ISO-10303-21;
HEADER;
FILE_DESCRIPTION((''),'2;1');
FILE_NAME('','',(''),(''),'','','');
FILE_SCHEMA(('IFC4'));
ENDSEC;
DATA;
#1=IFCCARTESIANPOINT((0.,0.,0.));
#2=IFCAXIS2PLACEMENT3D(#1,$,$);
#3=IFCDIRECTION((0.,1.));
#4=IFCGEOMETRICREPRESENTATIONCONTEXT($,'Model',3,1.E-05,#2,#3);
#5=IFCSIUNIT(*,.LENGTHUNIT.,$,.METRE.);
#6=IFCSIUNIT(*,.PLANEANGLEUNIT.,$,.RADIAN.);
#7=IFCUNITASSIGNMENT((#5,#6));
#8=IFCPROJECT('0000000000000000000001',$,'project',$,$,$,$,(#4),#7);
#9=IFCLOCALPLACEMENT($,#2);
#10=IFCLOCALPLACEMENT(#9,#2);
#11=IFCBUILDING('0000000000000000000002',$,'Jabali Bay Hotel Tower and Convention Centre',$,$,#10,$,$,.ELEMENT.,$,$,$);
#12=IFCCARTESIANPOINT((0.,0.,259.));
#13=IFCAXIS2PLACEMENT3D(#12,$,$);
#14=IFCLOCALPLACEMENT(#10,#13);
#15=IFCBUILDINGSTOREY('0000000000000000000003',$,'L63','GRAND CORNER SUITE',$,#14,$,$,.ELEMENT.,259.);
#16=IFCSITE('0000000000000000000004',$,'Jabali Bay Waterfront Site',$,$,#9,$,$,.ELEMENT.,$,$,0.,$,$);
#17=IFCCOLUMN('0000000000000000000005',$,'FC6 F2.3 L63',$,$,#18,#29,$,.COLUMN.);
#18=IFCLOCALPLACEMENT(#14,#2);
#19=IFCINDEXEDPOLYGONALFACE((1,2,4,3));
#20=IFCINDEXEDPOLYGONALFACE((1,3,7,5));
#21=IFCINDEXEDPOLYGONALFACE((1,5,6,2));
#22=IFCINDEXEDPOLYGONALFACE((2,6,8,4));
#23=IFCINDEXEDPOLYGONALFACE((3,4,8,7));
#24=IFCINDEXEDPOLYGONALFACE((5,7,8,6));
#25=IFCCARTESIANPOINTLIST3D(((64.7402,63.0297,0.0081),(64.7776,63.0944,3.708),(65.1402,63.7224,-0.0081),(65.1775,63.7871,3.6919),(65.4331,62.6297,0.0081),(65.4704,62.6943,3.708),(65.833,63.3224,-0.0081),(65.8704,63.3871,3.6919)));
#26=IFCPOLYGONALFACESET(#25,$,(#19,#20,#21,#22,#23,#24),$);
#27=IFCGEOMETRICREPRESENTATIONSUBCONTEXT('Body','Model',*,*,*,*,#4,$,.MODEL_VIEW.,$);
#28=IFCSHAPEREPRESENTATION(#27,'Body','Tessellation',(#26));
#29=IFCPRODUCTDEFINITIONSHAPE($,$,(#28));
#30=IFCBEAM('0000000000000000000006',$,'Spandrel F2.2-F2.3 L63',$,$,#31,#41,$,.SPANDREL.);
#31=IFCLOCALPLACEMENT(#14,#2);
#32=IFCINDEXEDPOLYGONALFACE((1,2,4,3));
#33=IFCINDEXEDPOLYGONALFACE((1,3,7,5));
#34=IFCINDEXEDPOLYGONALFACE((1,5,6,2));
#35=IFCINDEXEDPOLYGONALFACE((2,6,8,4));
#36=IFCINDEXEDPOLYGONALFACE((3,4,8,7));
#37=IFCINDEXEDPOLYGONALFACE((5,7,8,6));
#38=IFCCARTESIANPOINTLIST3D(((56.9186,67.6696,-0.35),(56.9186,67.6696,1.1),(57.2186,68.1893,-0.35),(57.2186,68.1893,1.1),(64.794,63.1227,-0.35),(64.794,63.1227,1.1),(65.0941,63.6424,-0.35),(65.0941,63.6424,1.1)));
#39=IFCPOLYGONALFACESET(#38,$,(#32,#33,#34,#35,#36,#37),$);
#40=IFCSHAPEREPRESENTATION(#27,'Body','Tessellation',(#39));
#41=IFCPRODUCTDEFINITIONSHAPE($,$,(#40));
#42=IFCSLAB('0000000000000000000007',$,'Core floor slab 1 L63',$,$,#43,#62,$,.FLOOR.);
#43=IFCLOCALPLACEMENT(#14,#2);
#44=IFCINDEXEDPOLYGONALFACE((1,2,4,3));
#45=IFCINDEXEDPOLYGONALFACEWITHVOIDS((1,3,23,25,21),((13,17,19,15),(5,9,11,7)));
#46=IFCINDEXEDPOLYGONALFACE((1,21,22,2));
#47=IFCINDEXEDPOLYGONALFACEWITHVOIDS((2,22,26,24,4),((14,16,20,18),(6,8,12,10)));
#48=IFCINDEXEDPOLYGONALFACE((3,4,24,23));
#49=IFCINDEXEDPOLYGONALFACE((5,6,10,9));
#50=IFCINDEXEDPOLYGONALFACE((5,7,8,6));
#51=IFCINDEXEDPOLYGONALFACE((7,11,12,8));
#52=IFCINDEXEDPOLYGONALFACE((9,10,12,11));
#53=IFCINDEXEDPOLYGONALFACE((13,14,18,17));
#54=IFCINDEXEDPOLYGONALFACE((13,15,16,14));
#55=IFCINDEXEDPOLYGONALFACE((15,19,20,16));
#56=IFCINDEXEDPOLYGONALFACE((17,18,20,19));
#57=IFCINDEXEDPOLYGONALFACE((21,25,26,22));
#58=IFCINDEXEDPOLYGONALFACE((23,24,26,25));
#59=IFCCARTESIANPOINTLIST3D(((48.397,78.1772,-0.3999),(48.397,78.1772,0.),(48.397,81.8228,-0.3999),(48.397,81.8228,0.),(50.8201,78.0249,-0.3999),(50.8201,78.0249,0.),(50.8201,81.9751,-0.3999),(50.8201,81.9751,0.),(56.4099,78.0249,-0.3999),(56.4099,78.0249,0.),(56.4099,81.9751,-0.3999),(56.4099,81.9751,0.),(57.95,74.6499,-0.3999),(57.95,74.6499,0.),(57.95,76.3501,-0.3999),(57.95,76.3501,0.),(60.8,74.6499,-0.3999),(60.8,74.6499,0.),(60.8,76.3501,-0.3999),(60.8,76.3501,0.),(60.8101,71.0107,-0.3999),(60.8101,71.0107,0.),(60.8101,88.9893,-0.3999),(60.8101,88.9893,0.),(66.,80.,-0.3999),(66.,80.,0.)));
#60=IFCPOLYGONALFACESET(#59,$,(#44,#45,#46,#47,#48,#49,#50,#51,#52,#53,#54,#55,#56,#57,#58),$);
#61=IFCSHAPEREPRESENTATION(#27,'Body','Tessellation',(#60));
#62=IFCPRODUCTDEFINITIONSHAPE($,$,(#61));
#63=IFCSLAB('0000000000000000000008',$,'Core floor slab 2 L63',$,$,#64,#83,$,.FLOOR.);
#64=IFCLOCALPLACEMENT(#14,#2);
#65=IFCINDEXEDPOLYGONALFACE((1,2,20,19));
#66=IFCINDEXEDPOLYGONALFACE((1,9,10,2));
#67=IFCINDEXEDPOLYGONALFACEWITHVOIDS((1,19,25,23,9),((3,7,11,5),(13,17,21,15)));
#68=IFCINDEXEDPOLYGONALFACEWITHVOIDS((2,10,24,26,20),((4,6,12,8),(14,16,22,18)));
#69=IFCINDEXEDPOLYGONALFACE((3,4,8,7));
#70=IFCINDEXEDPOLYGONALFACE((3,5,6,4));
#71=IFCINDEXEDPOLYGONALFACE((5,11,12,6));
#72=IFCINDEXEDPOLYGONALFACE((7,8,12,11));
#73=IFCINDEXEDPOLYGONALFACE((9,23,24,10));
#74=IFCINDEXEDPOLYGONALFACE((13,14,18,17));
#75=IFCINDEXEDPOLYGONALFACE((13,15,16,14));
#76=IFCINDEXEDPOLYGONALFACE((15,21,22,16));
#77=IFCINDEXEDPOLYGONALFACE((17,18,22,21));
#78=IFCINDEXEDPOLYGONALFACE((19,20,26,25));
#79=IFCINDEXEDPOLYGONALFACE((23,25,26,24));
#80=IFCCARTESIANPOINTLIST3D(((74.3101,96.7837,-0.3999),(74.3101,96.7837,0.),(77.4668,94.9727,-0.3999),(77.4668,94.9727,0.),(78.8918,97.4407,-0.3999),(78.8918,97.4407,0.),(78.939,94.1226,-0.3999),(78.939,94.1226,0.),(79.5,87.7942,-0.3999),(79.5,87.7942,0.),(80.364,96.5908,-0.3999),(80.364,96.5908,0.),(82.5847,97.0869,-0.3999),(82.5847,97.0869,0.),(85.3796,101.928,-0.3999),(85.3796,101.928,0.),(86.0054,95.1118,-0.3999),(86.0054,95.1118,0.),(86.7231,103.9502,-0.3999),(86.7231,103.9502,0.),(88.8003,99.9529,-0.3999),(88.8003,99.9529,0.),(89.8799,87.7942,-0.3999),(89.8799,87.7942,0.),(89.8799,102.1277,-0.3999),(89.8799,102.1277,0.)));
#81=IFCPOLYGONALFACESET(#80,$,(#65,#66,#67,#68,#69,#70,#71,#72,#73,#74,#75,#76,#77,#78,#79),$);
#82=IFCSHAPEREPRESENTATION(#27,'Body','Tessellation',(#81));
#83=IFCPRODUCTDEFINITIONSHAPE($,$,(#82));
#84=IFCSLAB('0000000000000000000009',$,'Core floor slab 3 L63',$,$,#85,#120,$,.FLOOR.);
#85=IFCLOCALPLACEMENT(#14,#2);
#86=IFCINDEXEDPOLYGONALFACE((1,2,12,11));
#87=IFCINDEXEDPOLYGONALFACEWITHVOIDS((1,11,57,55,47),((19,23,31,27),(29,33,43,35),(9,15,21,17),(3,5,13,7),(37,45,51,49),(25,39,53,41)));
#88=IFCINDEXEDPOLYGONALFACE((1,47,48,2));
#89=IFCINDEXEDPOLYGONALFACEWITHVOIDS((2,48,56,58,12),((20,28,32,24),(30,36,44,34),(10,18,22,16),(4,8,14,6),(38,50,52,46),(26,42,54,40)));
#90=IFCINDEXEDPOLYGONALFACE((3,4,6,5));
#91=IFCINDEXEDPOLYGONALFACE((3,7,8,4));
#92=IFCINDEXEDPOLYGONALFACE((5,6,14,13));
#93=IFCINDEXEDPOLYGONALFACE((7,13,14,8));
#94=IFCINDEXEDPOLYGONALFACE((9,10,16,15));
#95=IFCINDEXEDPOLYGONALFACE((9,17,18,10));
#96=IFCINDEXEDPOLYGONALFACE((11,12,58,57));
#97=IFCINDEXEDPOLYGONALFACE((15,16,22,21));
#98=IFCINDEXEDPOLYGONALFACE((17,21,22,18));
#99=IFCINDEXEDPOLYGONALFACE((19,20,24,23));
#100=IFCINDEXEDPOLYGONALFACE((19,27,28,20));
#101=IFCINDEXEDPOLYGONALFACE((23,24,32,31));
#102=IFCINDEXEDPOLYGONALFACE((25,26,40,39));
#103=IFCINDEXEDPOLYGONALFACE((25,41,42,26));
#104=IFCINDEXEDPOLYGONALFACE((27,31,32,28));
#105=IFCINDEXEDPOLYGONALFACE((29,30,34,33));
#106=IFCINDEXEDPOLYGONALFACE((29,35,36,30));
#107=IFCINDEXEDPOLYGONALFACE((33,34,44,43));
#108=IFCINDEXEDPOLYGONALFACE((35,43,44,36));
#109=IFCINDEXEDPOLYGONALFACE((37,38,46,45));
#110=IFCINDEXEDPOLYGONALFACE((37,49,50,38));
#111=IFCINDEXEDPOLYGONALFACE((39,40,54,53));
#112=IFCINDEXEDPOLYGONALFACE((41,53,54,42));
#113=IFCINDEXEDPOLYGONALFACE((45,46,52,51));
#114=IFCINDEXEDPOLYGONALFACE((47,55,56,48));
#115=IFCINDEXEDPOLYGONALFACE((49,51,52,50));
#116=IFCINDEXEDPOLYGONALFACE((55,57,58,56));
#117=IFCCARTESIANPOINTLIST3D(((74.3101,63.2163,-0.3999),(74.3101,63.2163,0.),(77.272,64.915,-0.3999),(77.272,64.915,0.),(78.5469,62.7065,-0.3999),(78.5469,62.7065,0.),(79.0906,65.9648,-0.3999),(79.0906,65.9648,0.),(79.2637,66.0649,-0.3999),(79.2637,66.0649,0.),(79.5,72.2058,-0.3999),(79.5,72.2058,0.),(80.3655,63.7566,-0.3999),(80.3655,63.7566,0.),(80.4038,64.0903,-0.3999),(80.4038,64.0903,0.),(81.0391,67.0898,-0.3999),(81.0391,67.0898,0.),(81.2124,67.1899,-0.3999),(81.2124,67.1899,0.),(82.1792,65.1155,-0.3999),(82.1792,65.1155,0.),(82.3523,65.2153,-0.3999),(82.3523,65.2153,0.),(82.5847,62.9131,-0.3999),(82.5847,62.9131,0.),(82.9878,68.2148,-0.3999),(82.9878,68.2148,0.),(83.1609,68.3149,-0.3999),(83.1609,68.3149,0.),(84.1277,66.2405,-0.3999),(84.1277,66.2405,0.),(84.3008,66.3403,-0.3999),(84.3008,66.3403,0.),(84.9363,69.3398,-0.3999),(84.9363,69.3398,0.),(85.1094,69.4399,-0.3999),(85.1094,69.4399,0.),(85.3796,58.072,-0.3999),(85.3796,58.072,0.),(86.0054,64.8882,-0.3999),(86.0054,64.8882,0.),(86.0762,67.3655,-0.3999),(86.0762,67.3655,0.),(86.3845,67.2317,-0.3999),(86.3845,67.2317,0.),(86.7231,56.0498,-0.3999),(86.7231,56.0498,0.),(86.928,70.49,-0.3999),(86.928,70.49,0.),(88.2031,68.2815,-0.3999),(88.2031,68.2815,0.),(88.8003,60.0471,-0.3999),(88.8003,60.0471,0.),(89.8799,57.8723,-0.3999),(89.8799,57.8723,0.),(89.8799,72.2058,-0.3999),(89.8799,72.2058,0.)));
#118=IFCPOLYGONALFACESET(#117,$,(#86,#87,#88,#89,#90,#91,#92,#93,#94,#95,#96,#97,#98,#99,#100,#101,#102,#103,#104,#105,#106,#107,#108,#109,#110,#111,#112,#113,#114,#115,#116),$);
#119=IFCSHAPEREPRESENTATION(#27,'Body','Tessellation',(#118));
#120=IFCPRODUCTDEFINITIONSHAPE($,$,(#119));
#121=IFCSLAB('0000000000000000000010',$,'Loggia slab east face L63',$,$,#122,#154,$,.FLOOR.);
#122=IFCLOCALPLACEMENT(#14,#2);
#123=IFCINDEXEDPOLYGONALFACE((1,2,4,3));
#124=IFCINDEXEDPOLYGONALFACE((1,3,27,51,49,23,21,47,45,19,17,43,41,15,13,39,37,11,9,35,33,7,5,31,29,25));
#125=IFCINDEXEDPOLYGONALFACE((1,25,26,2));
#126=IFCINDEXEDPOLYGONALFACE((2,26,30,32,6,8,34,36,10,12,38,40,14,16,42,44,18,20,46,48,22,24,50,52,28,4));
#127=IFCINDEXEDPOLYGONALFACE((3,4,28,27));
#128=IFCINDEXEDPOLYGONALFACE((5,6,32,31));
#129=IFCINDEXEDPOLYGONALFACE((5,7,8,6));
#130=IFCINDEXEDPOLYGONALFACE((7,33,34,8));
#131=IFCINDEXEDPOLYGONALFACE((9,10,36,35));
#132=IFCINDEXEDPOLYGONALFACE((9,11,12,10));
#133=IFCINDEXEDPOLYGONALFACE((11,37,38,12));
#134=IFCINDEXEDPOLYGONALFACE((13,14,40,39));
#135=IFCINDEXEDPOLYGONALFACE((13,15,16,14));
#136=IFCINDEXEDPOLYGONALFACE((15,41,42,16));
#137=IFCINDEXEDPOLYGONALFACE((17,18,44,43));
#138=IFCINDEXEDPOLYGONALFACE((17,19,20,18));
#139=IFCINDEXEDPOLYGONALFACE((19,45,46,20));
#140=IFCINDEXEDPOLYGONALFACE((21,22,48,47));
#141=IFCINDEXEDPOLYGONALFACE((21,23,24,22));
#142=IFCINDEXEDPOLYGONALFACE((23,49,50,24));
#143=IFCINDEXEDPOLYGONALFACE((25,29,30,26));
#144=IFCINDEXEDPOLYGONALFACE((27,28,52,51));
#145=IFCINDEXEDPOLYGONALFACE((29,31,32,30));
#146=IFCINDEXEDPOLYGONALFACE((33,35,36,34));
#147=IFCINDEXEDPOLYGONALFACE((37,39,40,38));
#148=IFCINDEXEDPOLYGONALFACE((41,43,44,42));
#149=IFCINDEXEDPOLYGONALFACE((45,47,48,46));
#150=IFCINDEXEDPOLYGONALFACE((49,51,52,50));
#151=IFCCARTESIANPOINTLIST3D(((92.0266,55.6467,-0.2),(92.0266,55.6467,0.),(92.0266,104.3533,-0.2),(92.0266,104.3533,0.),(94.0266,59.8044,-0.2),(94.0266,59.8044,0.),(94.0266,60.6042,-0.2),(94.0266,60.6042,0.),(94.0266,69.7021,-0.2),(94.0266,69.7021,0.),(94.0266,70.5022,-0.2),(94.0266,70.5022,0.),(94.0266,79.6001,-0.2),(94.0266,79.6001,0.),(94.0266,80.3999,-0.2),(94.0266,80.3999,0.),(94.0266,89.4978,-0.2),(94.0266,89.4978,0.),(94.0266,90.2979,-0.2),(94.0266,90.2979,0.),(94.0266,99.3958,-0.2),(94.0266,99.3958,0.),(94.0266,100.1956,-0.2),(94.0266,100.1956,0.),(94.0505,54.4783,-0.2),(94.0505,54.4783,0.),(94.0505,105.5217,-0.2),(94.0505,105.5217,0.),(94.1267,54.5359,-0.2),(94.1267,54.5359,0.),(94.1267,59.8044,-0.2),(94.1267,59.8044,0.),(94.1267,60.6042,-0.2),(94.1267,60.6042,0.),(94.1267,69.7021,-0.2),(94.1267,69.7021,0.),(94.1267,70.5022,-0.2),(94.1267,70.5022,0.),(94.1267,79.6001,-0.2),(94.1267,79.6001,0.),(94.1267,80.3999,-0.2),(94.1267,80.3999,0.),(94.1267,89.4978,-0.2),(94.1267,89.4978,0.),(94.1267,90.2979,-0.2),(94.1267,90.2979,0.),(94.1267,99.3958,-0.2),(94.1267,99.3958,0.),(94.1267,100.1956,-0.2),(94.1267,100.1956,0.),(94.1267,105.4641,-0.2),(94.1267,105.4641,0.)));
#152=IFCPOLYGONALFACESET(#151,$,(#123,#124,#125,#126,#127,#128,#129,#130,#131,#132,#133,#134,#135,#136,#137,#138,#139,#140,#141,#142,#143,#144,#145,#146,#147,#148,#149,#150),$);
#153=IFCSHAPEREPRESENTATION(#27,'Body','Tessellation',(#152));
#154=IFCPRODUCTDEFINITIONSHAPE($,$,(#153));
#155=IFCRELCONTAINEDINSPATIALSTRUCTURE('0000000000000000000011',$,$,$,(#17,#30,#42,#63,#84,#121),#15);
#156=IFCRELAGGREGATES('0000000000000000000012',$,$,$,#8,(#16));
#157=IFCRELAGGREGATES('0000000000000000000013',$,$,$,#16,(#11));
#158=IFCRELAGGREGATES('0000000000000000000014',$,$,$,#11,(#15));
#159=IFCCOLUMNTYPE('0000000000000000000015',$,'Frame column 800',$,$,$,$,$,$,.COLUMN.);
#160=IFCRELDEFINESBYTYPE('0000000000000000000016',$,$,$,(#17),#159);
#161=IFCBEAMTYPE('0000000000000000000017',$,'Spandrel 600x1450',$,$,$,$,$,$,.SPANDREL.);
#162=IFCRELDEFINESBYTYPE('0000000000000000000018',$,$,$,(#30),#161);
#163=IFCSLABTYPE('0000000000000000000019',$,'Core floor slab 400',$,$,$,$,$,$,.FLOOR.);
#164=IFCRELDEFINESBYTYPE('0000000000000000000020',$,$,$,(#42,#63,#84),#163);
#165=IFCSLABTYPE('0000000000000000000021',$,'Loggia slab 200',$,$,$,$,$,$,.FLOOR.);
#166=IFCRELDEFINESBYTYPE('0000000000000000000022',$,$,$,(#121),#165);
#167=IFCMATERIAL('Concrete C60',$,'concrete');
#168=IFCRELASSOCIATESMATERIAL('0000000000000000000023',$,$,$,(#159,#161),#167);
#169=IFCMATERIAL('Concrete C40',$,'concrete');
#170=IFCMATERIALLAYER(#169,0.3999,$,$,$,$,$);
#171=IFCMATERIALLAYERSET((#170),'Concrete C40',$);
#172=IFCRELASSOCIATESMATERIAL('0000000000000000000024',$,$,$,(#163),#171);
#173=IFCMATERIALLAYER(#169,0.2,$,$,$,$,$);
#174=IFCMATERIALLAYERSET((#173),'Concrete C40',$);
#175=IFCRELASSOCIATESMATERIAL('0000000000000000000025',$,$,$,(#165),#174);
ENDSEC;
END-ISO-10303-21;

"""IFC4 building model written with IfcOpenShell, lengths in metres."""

from ifc_helpers import new_model, si_unit, direction, frame, origin, origin_2d, place, context, subcontext, project, spatial, polyline, rectangle, outline, extrude, material, layer, layer_set, material_profile, profile_set, type_object, element, save


model = new_model("IFC4")

# Units and contexts
model_context = context("Model", 3, precision=1e-05, world=origin(), true_north=direction((0.0, 1.0)))
body_context = subcontext(model_context, "Body", "Model", "MODEL_VIEW")
ifc_project = project(units=[si_unit("LENGTHUNIT", "METRE"), si_unit("PLANEANGLEUNIT", "RADIAN")], contexts=[model_context])

# Site, building, storey
site_placement = place(None, origin())
site = spatial("IfcSite", under=ifc_project, at=site_placement, Name="Jabali Bay Waterfront Site", CompositionType="ELEMENT", RefElevation=0.0)
building_placement = place(site_placement, origin())
building = spatial("IfcBuilding", under=site, at=building_placement, Name="Jabali Bay Hotel Tower and Convention Centre", CompositionType="ELEMENT")
storey_placement = place(building_placement, frame((0.0, 0.0, 259.0)))
storey = spatial("IfcBuildingStorey", under=building, at=storey_placement, Name="L63", Description="GRAND CORNER SUITE", CompositionType="ELEMENT", Elevation=259.0)

# Column
ifc_material_1 = material(Name="Concrete C60", Category="concrete")
ifc_material_profile_1 = material_profile(ifc_material_1, rectangle(XDim=0.8, YDim=0.8, at=origin_2d()), Name="Frame column 800")
ifc_profile_set_1 = profile_set([ifc_material_profile_1], Name="Concrete C60")
column_type = type_object("IfcColumnType", Name="Frame column 800", PredefinedType="COLUMN", material=ifc_profile_set_1)
column_placement = place(storey_placement, frame((65.2866, 63.176, 0.0), z_axis=(0.010094, 0.017482, 0.999796), x_axis=(-0.499907, -0.865844, 0.020187)))
element("IfcColumn", 1, at=column_placement, inside=storey, type_object=column_type, Name="FC6 F2.3 L63", PredefinedType="COLUMN", context=body_context, shape_type="SweptSolid", body=[
    extrude(rectangle(XDim=0.8, YDim=0.8, at=origin_2d()), origin(), (0.0, 0.0, 1.0), 3.7007),
])

# Beam
ifc_material_profile_2 = material_profile(ifc_material_1, rectangle(XDim=0.6001, YDim=1.45, at=origin_2d()), Name="Spandrel 600x1450")
ifc_profile_set_2 = profile_set([ifc_material_profile_2], Name="Concrete C60")
beam_type = type_object("IfcBeamType", Name="Spandrel 600x1450", PredefinedType="SPANDREL", material=ifc_profile_set_2)
beam_placement = place(storey_placement, frame((57.0686, 67.9294, 0.375), z_axis=(0.866027, -0.499997, 0.0), x_axis=(0.499997, 0.866027, 0.0)))
element("IfcBeam", 2, at=beam_placement, inside=storey, type_object=beam_type, Name="Spandrel F2.2-F2.3 L63", PredefinedType="SPANDREL", context=body_context, shape_type="SweptSolid", body=[
    extrude(rectangle(XDim=0.6001, YDim=1.45, at=origin_2d()), origin(), (0.0, 0.0, 1.0), 9.0938),
])

# Slabs
ifc_material_2 = material(Name="Concrete C40", Category="concrete")
ifc_layer_1 = layer(ifc_material_2, 0.3999)
ifc_layer_set_1 = layer_set([ifc_layer_1], Name="Concrete C40")
slab_type_1 = type_object("IfcSlabType", Name="Core floor slab 400", PredefinedType="FLOOR", material=ifc_layer_set_1)
slab_1_placement = place(storey_placement, frame((0.0, 0.0, -0.3999)))
element("IfcSlab", 3, at=slab_1_placement, inside=storey, type_object=slab_type_1, Name="Core floor slab 1 L63", PredefinedType="FLOOR", context=body_context, shape_type="SweptSolid", body=[
    extrude(outline(polyline([(66.0, 80.0), (60.8101, 88.9893), (48.397, 81.8228), (48.397, 78.1772), (60.8101, 71.0107), (66.0, 80.0)]), holes=[polyline([(60.8, 76.3501), (57.95, 76.3501), (57.95, 74.6499), (60.8, 74.6499), (60.8, 76.3501)]), polyline([(50.8201, 81.9751), (50.8201, 78.0249), (56.4099, 78.0249), (56.4099, 81.9751), (50.8201, 81.9751)])]), origin(), (0.0, 0.0, 1.0), 0.3999),
])
slab_2_placement = place(storey_placement, frame((0.0, 0.0, -0.3999)))
element("IfcSlab", 4, at=slab_2_placement, inside=storey, type_object=slab_type_1, Name="Core floor slab 2 L63", PredefinedType="FLOOR", context=body_context, shape_type="SweptSolid", body=[
    extrude(outline(polyline([(79.5, 87.7942), (89.8799, 87.7942), (89.8799, 102.1277), (86.7231, 103.9502), (74.3101, 96.7837), (79.5, 87.7942)]), holes=[polyline([(78.939, 94.1226), (80.364, 96.5908), (78.8918, 97.4407), (77.4668, 94.9727), (78.939, 94.1226)]), polyline([(88.8003, 99.9529), (85.3796, 101.928), (82.5847, 97.0869), (86.0054, 95.1118), (88.8003, 99.9529)])]), origin(), (0.0, 0.0, 1.0), 0.3999),
])
slab_3_placement = place(storey_placement, frame((0.0, 0.0, -0.3999)))
element("IfcSlab", 5, at=slab_3_placement, inside=storey, type_object=slab_type_1, Name="Core floor slab 3 L63", PredefinedType="FLOOR", context=body_context, shape_type="SweptSolid", body=[
    extrude(outline(polyline([(79.5, 72.2058), (74.3101, 63.2163), (86.7231, 56.0498), (89.8799, 57.8723), (89.8799, 72.2058), (79.5, 72.2058)]), holes=[polyline([(82.5847, 62.9131), (85.3796, 58.072), (88.8003, 60.0471), (86.0054, 64.8882), (82.5847, 62.9131)]), polyline([(80.3655, 63.7566), (79.0906, 65.9648), (77.272, 64.915), (78.5469, 62.7065), (80.3655, 63.7566)]), polyline([(82.1792, 65.1155), (81.0391, 67.0898), (79.2637, 66.0649), (80.4038, 64.0903), (82.1792, 65.1155)]), polyline([(82.9878, 68.2148), (81.2124, 67.1899), (82.3523, 65.2153), (84.1277, 66.2405), (82.9878, 68.2148)]), polyline([(86.0762, 67.3655), (84.9363, 69.3398), (83.1609, 68.3149), (84.3008, 66.3403), (86.0762, 67.3655)]), polyline([(88.2031, 68.2815), (86.928, 70.49), (85.1094, 69.4399), (86.3845, 67.2317), (88.2031, 68.2815)])]), origin(), (0.0, 0.0, 1.0), 0.3999),
])
ifc_layer_2 = layer(ifc_material_2, 0.2)
ifc_layer_set_2 = layer_set([ifc_layer_2], Name="Concrete C40")
slab_type_2 = type_object("IfcSlabType", Name="Loggia slab 200", PredefinedType="FLOOR", material=ifc_layer_set_2)
slab_4_placement = place(storey_placement, frame((0.0, 0.0, -0.2)))
element("IfcSlab", 6, at=slab_4_placement, inside=storey, type_object=slab_type_2, Name="Loggia slab east face L63", PredefinedType="FLOOR", context=body_context, shape_type="SweptSolid", body=[
    extrude(outline(polyline([(92.0266, 104.3533), (94.0505, 105.5217), (94.1267, 105.4641), (94.1267, 100.1956), (94.0266, 100.1956), (94.0266, 99.3958), (94.1267, 99.3958), (94.1267, 90.2979), (94.0266, 90.2979), (94.0266, 89.4978), (94.1267, 89.4978), (94.1267, 80.3999), (94.0266, 80.3999), (94.0266, 79.6001), (94.1267, 79.6001), (94.1267, 70.5022), (94.0266, 70.5022), (94.0266, 69.7021), (94.1267, 69.7021), (94.1267, 60.6042), (94.0266, 60.6042), (94.0266, 59.8044), (94.1267, 59.8044), (94.1267, 54.5359), (94.0505, 54.4783), (92.0266, 55.6467), (92.0266, 104.3533)])), origin(), (0.0, 0.0, 1.0), 0.2),
])

save(model, "model.ifc")
